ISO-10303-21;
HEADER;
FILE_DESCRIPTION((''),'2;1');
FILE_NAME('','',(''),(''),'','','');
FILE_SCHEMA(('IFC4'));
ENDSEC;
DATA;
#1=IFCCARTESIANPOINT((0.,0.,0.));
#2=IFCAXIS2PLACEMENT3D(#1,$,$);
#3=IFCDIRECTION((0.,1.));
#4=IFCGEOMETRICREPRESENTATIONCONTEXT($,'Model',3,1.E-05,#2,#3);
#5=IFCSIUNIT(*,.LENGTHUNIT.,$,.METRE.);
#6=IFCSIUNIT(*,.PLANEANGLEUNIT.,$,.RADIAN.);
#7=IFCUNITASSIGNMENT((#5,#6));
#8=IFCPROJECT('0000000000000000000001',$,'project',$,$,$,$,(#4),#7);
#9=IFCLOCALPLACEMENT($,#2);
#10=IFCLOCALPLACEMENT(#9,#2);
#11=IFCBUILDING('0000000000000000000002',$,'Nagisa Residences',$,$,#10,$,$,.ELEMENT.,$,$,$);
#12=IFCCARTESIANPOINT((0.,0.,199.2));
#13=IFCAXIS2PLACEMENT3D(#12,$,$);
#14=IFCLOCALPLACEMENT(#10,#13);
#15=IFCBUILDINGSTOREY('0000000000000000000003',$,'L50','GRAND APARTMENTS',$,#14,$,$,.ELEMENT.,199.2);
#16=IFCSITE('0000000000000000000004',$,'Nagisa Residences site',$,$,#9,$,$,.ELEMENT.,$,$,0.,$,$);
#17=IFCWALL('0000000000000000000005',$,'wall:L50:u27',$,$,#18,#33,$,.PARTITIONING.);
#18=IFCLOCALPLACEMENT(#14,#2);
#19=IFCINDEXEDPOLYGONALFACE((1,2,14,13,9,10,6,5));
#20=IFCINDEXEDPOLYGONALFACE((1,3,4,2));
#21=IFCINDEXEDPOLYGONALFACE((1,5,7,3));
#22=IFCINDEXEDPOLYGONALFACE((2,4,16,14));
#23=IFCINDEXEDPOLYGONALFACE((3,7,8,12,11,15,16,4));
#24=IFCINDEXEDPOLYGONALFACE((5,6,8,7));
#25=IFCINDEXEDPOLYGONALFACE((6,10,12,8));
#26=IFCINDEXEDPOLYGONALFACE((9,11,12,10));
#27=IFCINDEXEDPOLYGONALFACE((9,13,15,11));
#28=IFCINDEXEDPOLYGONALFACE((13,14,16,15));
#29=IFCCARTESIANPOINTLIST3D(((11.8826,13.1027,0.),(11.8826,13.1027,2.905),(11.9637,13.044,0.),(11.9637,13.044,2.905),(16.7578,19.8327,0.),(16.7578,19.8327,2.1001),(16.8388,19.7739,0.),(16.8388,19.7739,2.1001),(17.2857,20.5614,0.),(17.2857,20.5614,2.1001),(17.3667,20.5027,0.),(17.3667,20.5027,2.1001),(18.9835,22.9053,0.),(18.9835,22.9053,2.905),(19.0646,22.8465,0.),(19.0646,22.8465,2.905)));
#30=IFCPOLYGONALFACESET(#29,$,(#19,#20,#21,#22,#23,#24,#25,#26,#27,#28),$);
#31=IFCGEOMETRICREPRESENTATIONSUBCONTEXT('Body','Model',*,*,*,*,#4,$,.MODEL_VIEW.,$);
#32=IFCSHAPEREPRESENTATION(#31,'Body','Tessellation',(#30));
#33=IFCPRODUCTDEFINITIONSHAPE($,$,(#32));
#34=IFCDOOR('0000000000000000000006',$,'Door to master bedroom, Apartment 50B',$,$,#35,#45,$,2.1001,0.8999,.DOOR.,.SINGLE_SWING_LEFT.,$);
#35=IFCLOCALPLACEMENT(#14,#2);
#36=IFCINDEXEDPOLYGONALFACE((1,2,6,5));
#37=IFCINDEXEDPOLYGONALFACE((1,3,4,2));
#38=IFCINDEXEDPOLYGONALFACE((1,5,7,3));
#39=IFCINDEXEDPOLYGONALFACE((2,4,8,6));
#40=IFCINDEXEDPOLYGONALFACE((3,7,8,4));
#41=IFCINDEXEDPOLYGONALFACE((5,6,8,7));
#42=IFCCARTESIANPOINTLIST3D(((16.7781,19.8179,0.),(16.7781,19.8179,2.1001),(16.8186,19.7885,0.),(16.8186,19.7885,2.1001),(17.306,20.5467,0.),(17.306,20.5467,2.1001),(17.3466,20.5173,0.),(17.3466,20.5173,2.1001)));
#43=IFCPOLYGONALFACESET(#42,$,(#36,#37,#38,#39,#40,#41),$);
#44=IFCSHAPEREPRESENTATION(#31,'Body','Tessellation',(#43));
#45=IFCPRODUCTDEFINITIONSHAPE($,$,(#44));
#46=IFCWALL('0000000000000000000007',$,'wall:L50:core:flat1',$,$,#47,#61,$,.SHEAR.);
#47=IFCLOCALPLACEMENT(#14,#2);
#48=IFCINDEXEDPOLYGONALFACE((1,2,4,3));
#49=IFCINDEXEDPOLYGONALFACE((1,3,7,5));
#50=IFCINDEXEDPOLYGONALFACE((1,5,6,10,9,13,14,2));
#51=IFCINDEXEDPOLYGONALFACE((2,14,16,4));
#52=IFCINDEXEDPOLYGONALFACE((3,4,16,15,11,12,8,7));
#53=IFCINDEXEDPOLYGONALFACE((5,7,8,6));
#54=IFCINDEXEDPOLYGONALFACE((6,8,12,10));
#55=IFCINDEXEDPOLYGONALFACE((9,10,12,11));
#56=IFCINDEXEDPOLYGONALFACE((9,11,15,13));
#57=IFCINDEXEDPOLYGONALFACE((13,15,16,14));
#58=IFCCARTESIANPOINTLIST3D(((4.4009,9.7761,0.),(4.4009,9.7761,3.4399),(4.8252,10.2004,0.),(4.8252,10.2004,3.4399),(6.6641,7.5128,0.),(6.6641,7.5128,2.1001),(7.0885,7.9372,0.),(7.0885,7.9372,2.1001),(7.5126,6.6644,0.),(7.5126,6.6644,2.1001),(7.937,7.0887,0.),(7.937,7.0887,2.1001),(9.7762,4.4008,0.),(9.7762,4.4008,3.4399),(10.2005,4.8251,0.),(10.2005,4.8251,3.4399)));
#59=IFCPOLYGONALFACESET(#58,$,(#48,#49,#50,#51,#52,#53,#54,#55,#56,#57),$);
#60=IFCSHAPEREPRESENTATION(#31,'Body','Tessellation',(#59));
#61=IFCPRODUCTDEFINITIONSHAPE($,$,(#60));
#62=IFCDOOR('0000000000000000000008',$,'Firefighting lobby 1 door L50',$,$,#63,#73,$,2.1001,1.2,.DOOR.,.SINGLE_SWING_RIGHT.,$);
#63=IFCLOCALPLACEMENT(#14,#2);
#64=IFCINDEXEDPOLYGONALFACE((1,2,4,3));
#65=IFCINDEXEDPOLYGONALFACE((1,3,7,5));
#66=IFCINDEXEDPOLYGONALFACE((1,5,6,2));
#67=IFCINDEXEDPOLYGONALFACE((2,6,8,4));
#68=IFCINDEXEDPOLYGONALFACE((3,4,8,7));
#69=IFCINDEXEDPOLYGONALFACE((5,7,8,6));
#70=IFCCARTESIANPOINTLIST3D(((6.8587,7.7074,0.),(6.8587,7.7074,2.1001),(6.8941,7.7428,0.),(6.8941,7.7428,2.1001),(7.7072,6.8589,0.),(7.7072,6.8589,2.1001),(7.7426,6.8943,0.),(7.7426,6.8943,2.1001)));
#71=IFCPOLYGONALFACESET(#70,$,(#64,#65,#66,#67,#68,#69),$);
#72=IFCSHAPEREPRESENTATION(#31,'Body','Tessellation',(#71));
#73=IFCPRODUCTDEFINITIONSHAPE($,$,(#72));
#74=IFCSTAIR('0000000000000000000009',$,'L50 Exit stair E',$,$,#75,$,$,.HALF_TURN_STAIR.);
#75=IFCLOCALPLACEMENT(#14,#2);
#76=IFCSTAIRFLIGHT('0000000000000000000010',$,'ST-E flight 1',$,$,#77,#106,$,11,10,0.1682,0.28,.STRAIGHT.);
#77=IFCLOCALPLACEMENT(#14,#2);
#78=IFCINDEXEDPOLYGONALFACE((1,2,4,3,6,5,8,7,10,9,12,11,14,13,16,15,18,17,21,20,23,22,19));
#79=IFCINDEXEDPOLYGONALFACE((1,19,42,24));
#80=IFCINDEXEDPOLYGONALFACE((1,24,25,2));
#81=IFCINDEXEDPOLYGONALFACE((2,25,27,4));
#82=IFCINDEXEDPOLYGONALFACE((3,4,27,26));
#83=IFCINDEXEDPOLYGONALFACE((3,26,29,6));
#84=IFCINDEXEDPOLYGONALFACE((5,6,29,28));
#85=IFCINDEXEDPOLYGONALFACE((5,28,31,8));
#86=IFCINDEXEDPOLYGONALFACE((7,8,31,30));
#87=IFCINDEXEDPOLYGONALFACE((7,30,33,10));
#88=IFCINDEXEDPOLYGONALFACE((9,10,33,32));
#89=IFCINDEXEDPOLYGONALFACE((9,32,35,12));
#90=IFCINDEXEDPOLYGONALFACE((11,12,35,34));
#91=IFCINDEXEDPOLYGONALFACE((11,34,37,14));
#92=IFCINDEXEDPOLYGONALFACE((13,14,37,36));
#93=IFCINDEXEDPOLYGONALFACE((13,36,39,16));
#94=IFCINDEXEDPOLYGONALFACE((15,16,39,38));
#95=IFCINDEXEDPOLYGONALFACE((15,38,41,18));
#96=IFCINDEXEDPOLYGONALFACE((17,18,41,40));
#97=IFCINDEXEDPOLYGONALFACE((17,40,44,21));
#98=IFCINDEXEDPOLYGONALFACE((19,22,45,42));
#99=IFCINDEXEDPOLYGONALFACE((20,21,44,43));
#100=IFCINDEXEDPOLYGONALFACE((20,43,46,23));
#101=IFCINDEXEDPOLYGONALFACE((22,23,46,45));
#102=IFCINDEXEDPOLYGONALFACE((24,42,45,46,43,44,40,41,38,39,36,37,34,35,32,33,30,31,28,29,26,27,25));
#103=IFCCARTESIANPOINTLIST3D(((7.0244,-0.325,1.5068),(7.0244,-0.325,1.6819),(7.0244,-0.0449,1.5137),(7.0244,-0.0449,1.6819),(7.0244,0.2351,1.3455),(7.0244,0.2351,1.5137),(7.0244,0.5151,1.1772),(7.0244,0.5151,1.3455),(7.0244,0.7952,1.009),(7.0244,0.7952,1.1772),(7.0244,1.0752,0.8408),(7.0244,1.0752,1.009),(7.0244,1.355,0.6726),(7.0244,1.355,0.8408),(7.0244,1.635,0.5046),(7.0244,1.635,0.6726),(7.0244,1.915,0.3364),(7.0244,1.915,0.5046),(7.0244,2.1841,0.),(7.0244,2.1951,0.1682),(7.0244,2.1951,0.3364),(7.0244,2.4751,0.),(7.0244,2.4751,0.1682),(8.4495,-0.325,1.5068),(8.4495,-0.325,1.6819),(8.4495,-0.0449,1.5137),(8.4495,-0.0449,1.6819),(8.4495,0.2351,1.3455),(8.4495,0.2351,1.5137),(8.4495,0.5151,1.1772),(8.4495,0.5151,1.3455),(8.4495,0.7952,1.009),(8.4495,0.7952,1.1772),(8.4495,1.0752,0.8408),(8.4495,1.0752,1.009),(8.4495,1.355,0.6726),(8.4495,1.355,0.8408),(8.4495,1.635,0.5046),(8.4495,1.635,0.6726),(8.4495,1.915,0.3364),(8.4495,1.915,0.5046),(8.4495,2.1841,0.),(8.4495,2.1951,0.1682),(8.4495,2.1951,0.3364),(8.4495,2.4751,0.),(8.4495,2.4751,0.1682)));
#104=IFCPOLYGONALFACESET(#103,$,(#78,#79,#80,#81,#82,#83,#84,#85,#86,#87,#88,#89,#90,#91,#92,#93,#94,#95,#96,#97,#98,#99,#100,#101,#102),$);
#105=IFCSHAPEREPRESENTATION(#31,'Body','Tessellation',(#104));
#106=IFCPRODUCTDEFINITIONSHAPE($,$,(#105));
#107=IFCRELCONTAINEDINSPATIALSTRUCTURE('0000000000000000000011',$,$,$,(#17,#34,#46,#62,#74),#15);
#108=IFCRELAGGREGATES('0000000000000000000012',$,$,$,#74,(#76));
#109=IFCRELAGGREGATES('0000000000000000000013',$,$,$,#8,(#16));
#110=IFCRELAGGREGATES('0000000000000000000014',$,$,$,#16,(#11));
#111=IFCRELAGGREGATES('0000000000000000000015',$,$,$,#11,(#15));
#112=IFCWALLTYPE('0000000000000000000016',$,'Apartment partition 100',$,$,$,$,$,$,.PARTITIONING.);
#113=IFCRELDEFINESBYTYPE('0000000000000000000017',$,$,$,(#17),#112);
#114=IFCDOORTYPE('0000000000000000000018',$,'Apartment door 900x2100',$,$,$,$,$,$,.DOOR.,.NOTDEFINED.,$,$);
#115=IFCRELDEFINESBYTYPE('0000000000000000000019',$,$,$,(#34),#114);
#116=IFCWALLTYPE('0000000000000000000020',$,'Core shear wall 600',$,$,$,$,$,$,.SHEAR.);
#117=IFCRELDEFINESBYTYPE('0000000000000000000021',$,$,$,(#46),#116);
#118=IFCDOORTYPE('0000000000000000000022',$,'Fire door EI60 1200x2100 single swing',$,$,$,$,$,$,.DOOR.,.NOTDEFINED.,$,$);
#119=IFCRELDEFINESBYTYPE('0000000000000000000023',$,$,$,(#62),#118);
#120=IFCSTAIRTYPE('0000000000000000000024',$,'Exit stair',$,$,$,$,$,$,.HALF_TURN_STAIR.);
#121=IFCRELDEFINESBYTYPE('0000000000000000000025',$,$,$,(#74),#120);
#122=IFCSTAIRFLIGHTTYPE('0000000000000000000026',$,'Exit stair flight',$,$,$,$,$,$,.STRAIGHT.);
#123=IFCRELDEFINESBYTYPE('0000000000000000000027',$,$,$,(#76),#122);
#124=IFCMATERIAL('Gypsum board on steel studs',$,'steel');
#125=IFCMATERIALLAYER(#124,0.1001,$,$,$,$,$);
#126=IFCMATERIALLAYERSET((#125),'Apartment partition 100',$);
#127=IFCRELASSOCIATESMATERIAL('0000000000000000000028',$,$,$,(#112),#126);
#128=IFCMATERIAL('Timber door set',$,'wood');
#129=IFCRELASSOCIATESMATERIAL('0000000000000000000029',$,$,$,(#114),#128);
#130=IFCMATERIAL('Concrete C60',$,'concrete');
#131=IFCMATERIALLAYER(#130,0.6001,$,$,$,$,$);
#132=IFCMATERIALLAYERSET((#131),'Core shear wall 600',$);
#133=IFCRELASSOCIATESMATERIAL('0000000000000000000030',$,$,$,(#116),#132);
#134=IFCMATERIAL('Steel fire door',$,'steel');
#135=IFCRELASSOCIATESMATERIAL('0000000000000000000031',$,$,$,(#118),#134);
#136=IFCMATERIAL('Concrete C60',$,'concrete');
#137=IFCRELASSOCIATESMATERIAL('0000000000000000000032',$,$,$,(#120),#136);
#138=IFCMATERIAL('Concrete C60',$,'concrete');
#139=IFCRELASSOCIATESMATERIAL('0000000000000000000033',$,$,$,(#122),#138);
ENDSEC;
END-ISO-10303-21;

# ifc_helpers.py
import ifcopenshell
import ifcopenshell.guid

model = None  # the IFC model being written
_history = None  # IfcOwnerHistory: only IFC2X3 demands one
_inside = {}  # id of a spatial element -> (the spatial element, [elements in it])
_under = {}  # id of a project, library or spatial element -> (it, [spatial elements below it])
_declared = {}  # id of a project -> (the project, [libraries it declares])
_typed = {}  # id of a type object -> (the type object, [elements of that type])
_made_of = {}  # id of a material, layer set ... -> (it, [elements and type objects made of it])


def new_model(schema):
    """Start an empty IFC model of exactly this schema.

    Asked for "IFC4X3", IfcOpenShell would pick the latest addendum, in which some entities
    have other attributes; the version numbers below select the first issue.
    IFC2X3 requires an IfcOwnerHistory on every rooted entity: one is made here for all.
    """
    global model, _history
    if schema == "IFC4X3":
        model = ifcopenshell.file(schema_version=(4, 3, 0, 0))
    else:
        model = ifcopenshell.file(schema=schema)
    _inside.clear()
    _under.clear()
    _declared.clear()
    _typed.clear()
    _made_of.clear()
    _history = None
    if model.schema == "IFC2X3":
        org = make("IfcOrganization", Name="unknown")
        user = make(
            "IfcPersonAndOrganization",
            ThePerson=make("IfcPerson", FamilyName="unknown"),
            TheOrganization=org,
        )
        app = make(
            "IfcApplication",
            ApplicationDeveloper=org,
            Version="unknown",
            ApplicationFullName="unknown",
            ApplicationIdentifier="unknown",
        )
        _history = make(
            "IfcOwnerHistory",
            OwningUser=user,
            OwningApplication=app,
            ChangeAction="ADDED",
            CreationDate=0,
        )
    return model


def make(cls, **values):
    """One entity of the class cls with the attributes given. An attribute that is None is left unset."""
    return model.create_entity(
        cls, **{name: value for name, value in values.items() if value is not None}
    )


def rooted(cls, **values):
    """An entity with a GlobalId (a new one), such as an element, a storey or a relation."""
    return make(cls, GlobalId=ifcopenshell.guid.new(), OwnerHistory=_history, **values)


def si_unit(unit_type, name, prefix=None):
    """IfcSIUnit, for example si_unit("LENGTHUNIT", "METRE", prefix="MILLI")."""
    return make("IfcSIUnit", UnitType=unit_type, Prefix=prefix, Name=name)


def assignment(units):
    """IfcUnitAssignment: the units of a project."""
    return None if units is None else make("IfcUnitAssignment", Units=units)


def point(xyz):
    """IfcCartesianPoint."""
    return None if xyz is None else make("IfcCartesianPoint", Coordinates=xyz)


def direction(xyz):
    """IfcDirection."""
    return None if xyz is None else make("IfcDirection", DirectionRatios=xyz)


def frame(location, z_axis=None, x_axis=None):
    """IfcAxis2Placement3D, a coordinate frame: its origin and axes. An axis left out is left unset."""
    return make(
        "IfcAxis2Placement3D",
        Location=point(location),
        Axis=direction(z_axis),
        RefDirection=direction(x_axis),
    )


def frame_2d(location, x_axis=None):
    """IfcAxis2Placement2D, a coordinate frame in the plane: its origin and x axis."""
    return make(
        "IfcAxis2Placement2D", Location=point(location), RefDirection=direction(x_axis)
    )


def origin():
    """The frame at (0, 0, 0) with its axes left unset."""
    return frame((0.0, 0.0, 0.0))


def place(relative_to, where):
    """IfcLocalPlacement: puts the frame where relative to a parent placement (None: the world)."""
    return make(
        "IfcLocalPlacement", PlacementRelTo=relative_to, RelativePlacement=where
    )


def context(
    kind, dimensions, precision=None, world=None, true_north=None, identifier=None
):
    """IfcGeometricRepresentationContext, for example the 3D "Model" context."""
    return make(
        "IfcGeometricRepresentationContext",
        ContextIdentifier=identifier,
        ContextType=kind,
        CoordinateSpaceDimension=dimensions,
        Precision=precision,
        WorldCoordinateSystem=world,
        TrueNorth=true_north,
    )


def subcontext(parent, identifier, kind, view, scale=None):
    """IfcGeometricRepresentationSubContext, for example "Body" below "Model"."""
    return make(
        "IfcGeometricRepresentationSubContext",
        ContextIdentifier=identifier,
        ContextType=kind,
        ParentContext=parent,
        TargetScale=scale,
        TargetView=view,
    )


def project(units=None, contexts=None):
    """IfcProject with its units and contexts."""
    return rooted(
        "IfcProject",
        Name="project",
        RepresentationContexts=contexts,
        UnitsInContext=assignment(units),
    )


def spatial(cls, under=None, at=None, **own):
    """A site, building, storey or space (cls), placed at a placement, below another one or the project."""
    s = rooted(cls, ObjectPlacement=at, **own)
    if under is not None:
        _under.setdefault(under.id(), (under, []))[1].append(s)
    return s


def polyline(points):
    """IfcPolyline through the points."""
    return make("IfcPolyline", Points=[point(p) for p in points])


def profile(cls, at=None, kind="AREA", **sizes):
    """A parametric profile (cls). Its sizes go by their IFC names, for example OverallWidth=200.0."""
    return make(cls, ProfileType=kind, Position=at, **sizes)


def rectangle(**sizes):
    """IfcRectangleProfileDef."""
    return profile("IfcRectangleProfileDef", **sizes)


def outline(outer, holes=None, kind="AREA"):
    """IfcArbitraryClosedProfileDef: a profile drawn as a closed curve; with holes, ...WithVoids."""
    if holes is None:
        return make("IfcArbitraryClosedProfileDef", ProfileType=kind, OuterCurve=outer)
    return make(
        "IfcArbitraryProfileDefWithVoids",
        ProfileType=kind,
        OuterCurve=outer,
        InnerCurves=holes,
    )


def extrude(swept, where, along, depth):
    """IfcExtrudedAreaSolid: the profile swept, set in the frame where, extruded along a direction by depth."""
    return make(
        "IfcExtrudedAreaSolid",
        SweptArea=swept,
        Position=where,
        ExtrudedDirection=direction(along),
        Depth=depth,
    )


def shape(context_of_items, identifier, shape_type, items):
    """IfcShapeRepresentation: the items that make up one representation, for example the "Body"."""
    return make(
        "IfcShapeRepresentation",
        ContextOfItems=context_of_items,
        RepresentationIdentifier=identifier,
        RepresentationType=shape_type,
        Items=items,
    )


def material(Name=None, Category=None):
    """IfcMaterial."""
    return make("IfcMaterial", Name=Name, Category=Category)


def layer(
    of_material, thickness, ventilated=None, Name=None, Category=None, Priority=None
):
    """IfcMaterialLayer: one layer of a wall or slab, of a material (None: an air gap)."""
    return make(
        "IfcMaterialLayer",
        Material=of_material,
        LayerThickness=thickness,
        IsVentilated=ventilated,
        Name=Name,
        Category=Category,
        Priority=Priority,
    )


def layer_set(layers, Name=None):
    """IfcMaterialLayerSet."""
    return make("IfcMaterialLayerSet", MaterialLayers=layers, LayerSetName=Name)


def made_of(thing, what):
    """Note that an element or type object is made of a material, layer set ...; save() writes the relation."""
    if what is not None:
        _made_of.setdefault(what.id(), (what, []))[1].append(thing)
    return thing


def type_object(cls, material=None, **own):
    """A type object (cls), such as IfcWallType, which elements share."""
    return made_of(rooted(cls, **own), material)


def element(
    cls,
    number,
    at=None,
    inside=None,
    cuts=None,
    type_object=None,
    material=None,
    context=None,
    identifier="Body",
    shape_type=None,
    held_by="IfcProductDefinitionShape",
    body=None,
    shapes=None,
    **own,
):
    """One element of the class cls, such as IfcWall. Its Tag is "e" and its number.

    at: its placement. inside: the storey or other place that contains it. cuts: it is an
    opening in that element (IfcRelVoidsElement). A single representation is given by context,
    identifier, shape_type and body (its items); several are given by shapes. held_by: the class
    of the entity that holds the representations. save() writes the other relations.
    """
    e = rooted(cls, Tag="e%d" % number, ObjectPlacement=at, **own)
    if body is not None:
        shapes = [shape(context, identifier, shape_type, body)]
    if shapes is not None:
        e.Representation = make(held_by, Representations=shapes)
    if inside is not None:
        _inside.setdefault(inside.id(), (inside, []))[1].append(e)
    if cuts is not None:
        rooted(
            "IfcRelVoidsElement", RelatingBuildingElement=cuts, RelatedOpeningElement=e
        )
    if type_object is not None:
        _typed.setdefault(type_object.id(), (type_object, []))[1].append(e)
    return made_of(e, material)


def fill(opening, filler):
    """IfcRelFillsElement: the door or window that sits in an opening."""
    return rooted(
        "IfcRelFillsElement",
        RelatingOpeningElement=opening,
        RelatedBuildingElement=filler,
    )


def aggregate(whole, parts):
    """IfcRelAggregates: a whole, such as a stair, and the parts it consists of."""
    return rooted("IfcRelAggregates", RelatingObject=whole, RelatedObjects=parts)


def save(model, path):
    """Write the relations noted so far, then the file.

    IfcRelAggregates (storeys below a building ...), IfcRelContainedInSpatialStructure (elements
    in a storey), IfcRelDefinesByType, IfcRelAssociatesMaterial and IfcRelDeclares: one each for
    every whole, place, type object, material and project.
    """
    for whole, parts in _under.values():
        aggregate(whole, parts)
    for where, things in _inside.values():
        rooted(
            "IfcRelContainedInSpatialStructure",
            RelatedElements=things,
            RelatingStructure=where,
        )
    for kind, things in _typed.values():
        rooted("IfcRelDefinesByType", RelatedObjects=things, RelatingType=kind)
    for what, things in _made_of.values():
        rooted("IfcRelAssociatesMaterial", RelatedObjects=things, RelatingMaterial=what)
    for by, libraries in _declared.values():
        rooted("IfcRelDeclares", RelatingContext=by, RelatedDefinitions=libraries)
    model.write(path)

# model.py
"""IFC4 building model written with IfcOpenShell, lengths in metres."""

from ifc_helpers import new_model, si_unit, direction, frame, frame_2d, origin, place, context, subcontext, project, spatial, polyline, rectangle, outline, extrude, material, layer, layer_set, type_object, element, fill, aggregate, save


model = new_model("IFC4")

# Units and contexts
model_context = context("Model", 3, precision=1e-05, world=origin(), true_north=direction((0.0, 1.0)))
body_context = subcontext(model_context, "Body", "Model", "MODEL_VIEW")
ifc_project = project(units=[si_unit("LENGTHUNIT", "METRE"), si_unit("PLANEANGLEUNIT", "RADIAN")], contexts=[model_context])

# Site, building, storey
site_placement = place(None, origin())
site = spatial("IfcSite", under=ifc_project, at=site_placement, Name="Nagisa Residences site", CompositionType="ELEMENT", RefElevation=0.0)
building_placement = place(site_placement, origin())
building = spatial("IfcBuilding", under=site, at=building_placement, Name="Nagisa Residences", CompositionType="ELEMENT")
storey_placement = place(building_placement, frame((0.0, 0.0, 199.2)))
storey = spatial("IfcBuildingStorey", under=building, at=storey_placement, Name="L50", Description="GRAND APARTMENTS", CompositionType="ELEMENT", Elevation=199.2)

# Shared definitions
ifc_material_1 = material(Name="Gypsum board on steel studs", Category="steel")
ifc_layer_1 = layer(ifc_material_1, 0.1001)
ifc_layer_set_1 = layer_set([ifc_layer_1], Name="Apartment partition 100")
wall_type_1 = type_object("IfcWallType", Name="Apartment partition 100", PredefinedType="PARTITIONING", material=ifc_layer_set_1)

# Shared definitions
ifc_material_2 = material(Name="Timber door set", Category="wood")
door_type_1 = type_object("IfcDoorType", Name="Apartment door 900x2100", OperationType="NOTDEFINED", PredefinedType="DOOR", material=ifc_material_2)

# Walls, openings, doors
wall_1_placement = place(storey_placement, frame((11.9231, 13.0732, 0.0), z_axis=(0.0, 0.0, 1.0), x_axis=(0.586644, 0.809845, 0.0)))
wall_1 = element("IfcWall", 1, at=wall_1_placement, inside=storey, type_object=wall_type_1, Name="wall:L50:u27", PredefinedType="PARTITIONING", context=body_context, shape_type="SweptSolid", body=[
    extrude(rectangle(XDim=12.1042, YDim=0.1001, at=frame_2d((6.0522, 0.0))), origin(), (0.0, 0.0, 1.0), 2.905),
])
opening_1_placement = place(wall_1_placement, frame((8.3103, 0.0, 0.0)))
opening_1 = element("IfcOpeningElement", 2, at=opening_1_placement, cuts=wall_1, PredefinedType="OPENING", context=body_context, shape_type="SweptSolid", body=[
    extrude(rectangle(XDim=0.8999, YDim=2.1001, at=frame_2d((0.45, 1.05))), frame((0.0, 0.0601, 0.0), z_axis=(0.0, -1.0, 0.0), x_axis=(1.0, 0.0, 0.0)), (0.0, 0.0, 1.0), 0.1201),
])
door_1_placement = place(opening_1_placement, origin())
door_1 = element("IfcDoor", 3, at=door_1_placement, inside=storey, type_object=door_type_1, Name="Door to master bedroom, Apartment 50B", OperationType="SINGLE_SWING_LEFT", OverallHeight=2.1001, OverallWidth=0.8999, PredefinedType="DOOR", context=body_context, shape_type="SweptSolid", body=[
    extrude(rectangle(XDim=0.8999, YDim=2.1001, at=frame_2d((0.45, 1.05))), frame((0.0, 0.0249, 0.0), z_axis=(0.0, -1.0, 0.0), x_axis=(1.0, 0.0, 0.0)), (0.0, 0.0, 1.0), 0.05),
])
fill(opening_1, door_1)
ifc_material_3 = material(Name="Concrete C60", Category="concrete")
ifc_layer_2 = layer(ifc_material_3, 0.6001)
ifc_layer_set_2 = layer_set([ifc_layer_2], Name="Core shear wall 600")
wall_type_2 = type_object("IfcWallType", Name="Core shear wall 600", PredefinedType="SHEAR", material=ifc_layer_set_2)
wall_2_placement = place(storey_placement, frame((9.9883, 4.613, 0.0), z_axis=(0.0, 0.0, 1.0), x_axis=(-0.707107, 0.707107, 0.0)))
wall_2 = element("IfcWall", 4, at=wall_2_placement, inside=storey, type_object=wall_type_2, Name="wall:L50:core:flat1", PredefinedType="SHEAR", context=body_context, shape_type="SweptSolid", body=[
    extrude(rectangle(XDim=7.6018, YDim=0.6001, at=frame_2d((3.8008, 0.0))), origin(), (0.0, 0.0, 1.0), 3.4399),
])
opening_2_placement = place(wall_2_placement, frame((3.2009, 0.0, 0.0)))
opening_2 = element("IfcOpeningElement", 5, at=opening_2_placement, cuts=wall_2, PredefinedType="OPENING", context=body_context, shape_type="SweptSolid", body=[
    extrude(rectangle(XDim=1.2, YDim=2.1001, at=frame_2d((0.6001, 1.05))), frame((0.0, 0.3101, 0.0), z_axis=(0.0, -1.0, 0.0), x_axis=(1.0, 0.0, 0.0)), (0.0, 0.0, 1.0), 0.6201),
])
ifc_material_4 = material(Name="Steel fire door", Category="steel")
door_type_2 = type_object("IfcDoorType", Name="Fire door EI60 1200x2100 single swing", OperationType="NOTDEFINED", PredefinedType="DOOR", material=ifc_material_4)
door_2_placement = place(opening_2_placement, origin())
door_2 = element("IfcDoor", 6, at=door_2_placement, inside=storey, type_object=door_type_2, Name="Firefighting lobby 1 door L50", OperationType="SINGLE_SWING_RIGHT", OverallHeight=2.1001, OverallWidth=1.2, PredefinedType="DOOR", context=body_context, shape_type="SweptSolid", body=[
    extrude(rectangle(XDim=1.2, YDim=2.1001, at=frame_2d((0.6001, 1.05))), frame((0.0, 0.0249, 0.0), z_axis=(0.0, -1.0, 0.0), x_axis=(1.0, 0.0, 0.0)), (0.0, 0.0, 1.0), 0.05),
])
fill(opening_2, door_2)

# Stair, stair flight
ifc_material_5 = material(Name="Concrete C60", Category="concrete")
stair_type = type_object("IfcStairType", Name="Exit stair", PredefinedType="HALF_TURN_STAIR", material=ifc_material_5)
stair_placement = place(storey_placement, origin())
stair = element("IfcStair", 7, at=stair_placement, inside=storey, type_object=stair_type, Name="L50 Exit stair E", PredefinedType="HALF_TURN_STAIR")
ifc_material_6 = material(Name="Concrete C60", Category="concrete")
stair_flight_type = type_object("IfcStairFlightType", Name="Exit stair flight", PredefinedType="STRAIGHT", material=ifc_material_6)
stair_flight_placement = place(storey_placement, frame((7.7371, 2.4751, 0.0), z_axis=(0.0, 0.0, 1.0), x_axis=(0.0, -1.0, 0.0)))
stair_flight = element("IfcStairFlight", 8, at=stair_flight_placement, type_object=stair_flight_type, Name="ST-E flight 1", NumberOfRisers=11, NumberOfTreads=10, PredefinedType="STRAIGHT", RiserHeight=0.1682, TreadLength=0.28, context=body_context, shape_type="SweptSolid", body=[
    extrude(outline(polyline([(0.0, 0.0), (0.0, 0.1682), (0.28, 0.1682), (0.28, 0.3364), (0.5601, 0.3364), (0.5601, 0.5046), (0.8401, 0.5046), (0.8401, 0.6726), (1.1201, 0.6726), (1.1201, 0.8408), (1.3999, 0.8408), (1.3999, 1.009), (1.6799, 1.009), (1.6799, 1.1772), (1.96, 1.1772), (1.96, 1.3455), (2.24, 1.3455), (2.24, 1.5137), (2.52, 1.5137), (2.52, 1.6819), (2.8, 1.6819), (2.8, 1.8501), (2.8, 1.5068), (0.291, 0.0), (0.0, 0.0)])), frame((0.0, 0.7124, 0.0), z_axis=(0.0, -1.0, 0.0), x_axis=(1.0, 0.0, 0.0)), (0.0, 0.0, 1.0), 1.425),
])
aggregate(stair, [stair_flight])

save(model, "model.ifc")
